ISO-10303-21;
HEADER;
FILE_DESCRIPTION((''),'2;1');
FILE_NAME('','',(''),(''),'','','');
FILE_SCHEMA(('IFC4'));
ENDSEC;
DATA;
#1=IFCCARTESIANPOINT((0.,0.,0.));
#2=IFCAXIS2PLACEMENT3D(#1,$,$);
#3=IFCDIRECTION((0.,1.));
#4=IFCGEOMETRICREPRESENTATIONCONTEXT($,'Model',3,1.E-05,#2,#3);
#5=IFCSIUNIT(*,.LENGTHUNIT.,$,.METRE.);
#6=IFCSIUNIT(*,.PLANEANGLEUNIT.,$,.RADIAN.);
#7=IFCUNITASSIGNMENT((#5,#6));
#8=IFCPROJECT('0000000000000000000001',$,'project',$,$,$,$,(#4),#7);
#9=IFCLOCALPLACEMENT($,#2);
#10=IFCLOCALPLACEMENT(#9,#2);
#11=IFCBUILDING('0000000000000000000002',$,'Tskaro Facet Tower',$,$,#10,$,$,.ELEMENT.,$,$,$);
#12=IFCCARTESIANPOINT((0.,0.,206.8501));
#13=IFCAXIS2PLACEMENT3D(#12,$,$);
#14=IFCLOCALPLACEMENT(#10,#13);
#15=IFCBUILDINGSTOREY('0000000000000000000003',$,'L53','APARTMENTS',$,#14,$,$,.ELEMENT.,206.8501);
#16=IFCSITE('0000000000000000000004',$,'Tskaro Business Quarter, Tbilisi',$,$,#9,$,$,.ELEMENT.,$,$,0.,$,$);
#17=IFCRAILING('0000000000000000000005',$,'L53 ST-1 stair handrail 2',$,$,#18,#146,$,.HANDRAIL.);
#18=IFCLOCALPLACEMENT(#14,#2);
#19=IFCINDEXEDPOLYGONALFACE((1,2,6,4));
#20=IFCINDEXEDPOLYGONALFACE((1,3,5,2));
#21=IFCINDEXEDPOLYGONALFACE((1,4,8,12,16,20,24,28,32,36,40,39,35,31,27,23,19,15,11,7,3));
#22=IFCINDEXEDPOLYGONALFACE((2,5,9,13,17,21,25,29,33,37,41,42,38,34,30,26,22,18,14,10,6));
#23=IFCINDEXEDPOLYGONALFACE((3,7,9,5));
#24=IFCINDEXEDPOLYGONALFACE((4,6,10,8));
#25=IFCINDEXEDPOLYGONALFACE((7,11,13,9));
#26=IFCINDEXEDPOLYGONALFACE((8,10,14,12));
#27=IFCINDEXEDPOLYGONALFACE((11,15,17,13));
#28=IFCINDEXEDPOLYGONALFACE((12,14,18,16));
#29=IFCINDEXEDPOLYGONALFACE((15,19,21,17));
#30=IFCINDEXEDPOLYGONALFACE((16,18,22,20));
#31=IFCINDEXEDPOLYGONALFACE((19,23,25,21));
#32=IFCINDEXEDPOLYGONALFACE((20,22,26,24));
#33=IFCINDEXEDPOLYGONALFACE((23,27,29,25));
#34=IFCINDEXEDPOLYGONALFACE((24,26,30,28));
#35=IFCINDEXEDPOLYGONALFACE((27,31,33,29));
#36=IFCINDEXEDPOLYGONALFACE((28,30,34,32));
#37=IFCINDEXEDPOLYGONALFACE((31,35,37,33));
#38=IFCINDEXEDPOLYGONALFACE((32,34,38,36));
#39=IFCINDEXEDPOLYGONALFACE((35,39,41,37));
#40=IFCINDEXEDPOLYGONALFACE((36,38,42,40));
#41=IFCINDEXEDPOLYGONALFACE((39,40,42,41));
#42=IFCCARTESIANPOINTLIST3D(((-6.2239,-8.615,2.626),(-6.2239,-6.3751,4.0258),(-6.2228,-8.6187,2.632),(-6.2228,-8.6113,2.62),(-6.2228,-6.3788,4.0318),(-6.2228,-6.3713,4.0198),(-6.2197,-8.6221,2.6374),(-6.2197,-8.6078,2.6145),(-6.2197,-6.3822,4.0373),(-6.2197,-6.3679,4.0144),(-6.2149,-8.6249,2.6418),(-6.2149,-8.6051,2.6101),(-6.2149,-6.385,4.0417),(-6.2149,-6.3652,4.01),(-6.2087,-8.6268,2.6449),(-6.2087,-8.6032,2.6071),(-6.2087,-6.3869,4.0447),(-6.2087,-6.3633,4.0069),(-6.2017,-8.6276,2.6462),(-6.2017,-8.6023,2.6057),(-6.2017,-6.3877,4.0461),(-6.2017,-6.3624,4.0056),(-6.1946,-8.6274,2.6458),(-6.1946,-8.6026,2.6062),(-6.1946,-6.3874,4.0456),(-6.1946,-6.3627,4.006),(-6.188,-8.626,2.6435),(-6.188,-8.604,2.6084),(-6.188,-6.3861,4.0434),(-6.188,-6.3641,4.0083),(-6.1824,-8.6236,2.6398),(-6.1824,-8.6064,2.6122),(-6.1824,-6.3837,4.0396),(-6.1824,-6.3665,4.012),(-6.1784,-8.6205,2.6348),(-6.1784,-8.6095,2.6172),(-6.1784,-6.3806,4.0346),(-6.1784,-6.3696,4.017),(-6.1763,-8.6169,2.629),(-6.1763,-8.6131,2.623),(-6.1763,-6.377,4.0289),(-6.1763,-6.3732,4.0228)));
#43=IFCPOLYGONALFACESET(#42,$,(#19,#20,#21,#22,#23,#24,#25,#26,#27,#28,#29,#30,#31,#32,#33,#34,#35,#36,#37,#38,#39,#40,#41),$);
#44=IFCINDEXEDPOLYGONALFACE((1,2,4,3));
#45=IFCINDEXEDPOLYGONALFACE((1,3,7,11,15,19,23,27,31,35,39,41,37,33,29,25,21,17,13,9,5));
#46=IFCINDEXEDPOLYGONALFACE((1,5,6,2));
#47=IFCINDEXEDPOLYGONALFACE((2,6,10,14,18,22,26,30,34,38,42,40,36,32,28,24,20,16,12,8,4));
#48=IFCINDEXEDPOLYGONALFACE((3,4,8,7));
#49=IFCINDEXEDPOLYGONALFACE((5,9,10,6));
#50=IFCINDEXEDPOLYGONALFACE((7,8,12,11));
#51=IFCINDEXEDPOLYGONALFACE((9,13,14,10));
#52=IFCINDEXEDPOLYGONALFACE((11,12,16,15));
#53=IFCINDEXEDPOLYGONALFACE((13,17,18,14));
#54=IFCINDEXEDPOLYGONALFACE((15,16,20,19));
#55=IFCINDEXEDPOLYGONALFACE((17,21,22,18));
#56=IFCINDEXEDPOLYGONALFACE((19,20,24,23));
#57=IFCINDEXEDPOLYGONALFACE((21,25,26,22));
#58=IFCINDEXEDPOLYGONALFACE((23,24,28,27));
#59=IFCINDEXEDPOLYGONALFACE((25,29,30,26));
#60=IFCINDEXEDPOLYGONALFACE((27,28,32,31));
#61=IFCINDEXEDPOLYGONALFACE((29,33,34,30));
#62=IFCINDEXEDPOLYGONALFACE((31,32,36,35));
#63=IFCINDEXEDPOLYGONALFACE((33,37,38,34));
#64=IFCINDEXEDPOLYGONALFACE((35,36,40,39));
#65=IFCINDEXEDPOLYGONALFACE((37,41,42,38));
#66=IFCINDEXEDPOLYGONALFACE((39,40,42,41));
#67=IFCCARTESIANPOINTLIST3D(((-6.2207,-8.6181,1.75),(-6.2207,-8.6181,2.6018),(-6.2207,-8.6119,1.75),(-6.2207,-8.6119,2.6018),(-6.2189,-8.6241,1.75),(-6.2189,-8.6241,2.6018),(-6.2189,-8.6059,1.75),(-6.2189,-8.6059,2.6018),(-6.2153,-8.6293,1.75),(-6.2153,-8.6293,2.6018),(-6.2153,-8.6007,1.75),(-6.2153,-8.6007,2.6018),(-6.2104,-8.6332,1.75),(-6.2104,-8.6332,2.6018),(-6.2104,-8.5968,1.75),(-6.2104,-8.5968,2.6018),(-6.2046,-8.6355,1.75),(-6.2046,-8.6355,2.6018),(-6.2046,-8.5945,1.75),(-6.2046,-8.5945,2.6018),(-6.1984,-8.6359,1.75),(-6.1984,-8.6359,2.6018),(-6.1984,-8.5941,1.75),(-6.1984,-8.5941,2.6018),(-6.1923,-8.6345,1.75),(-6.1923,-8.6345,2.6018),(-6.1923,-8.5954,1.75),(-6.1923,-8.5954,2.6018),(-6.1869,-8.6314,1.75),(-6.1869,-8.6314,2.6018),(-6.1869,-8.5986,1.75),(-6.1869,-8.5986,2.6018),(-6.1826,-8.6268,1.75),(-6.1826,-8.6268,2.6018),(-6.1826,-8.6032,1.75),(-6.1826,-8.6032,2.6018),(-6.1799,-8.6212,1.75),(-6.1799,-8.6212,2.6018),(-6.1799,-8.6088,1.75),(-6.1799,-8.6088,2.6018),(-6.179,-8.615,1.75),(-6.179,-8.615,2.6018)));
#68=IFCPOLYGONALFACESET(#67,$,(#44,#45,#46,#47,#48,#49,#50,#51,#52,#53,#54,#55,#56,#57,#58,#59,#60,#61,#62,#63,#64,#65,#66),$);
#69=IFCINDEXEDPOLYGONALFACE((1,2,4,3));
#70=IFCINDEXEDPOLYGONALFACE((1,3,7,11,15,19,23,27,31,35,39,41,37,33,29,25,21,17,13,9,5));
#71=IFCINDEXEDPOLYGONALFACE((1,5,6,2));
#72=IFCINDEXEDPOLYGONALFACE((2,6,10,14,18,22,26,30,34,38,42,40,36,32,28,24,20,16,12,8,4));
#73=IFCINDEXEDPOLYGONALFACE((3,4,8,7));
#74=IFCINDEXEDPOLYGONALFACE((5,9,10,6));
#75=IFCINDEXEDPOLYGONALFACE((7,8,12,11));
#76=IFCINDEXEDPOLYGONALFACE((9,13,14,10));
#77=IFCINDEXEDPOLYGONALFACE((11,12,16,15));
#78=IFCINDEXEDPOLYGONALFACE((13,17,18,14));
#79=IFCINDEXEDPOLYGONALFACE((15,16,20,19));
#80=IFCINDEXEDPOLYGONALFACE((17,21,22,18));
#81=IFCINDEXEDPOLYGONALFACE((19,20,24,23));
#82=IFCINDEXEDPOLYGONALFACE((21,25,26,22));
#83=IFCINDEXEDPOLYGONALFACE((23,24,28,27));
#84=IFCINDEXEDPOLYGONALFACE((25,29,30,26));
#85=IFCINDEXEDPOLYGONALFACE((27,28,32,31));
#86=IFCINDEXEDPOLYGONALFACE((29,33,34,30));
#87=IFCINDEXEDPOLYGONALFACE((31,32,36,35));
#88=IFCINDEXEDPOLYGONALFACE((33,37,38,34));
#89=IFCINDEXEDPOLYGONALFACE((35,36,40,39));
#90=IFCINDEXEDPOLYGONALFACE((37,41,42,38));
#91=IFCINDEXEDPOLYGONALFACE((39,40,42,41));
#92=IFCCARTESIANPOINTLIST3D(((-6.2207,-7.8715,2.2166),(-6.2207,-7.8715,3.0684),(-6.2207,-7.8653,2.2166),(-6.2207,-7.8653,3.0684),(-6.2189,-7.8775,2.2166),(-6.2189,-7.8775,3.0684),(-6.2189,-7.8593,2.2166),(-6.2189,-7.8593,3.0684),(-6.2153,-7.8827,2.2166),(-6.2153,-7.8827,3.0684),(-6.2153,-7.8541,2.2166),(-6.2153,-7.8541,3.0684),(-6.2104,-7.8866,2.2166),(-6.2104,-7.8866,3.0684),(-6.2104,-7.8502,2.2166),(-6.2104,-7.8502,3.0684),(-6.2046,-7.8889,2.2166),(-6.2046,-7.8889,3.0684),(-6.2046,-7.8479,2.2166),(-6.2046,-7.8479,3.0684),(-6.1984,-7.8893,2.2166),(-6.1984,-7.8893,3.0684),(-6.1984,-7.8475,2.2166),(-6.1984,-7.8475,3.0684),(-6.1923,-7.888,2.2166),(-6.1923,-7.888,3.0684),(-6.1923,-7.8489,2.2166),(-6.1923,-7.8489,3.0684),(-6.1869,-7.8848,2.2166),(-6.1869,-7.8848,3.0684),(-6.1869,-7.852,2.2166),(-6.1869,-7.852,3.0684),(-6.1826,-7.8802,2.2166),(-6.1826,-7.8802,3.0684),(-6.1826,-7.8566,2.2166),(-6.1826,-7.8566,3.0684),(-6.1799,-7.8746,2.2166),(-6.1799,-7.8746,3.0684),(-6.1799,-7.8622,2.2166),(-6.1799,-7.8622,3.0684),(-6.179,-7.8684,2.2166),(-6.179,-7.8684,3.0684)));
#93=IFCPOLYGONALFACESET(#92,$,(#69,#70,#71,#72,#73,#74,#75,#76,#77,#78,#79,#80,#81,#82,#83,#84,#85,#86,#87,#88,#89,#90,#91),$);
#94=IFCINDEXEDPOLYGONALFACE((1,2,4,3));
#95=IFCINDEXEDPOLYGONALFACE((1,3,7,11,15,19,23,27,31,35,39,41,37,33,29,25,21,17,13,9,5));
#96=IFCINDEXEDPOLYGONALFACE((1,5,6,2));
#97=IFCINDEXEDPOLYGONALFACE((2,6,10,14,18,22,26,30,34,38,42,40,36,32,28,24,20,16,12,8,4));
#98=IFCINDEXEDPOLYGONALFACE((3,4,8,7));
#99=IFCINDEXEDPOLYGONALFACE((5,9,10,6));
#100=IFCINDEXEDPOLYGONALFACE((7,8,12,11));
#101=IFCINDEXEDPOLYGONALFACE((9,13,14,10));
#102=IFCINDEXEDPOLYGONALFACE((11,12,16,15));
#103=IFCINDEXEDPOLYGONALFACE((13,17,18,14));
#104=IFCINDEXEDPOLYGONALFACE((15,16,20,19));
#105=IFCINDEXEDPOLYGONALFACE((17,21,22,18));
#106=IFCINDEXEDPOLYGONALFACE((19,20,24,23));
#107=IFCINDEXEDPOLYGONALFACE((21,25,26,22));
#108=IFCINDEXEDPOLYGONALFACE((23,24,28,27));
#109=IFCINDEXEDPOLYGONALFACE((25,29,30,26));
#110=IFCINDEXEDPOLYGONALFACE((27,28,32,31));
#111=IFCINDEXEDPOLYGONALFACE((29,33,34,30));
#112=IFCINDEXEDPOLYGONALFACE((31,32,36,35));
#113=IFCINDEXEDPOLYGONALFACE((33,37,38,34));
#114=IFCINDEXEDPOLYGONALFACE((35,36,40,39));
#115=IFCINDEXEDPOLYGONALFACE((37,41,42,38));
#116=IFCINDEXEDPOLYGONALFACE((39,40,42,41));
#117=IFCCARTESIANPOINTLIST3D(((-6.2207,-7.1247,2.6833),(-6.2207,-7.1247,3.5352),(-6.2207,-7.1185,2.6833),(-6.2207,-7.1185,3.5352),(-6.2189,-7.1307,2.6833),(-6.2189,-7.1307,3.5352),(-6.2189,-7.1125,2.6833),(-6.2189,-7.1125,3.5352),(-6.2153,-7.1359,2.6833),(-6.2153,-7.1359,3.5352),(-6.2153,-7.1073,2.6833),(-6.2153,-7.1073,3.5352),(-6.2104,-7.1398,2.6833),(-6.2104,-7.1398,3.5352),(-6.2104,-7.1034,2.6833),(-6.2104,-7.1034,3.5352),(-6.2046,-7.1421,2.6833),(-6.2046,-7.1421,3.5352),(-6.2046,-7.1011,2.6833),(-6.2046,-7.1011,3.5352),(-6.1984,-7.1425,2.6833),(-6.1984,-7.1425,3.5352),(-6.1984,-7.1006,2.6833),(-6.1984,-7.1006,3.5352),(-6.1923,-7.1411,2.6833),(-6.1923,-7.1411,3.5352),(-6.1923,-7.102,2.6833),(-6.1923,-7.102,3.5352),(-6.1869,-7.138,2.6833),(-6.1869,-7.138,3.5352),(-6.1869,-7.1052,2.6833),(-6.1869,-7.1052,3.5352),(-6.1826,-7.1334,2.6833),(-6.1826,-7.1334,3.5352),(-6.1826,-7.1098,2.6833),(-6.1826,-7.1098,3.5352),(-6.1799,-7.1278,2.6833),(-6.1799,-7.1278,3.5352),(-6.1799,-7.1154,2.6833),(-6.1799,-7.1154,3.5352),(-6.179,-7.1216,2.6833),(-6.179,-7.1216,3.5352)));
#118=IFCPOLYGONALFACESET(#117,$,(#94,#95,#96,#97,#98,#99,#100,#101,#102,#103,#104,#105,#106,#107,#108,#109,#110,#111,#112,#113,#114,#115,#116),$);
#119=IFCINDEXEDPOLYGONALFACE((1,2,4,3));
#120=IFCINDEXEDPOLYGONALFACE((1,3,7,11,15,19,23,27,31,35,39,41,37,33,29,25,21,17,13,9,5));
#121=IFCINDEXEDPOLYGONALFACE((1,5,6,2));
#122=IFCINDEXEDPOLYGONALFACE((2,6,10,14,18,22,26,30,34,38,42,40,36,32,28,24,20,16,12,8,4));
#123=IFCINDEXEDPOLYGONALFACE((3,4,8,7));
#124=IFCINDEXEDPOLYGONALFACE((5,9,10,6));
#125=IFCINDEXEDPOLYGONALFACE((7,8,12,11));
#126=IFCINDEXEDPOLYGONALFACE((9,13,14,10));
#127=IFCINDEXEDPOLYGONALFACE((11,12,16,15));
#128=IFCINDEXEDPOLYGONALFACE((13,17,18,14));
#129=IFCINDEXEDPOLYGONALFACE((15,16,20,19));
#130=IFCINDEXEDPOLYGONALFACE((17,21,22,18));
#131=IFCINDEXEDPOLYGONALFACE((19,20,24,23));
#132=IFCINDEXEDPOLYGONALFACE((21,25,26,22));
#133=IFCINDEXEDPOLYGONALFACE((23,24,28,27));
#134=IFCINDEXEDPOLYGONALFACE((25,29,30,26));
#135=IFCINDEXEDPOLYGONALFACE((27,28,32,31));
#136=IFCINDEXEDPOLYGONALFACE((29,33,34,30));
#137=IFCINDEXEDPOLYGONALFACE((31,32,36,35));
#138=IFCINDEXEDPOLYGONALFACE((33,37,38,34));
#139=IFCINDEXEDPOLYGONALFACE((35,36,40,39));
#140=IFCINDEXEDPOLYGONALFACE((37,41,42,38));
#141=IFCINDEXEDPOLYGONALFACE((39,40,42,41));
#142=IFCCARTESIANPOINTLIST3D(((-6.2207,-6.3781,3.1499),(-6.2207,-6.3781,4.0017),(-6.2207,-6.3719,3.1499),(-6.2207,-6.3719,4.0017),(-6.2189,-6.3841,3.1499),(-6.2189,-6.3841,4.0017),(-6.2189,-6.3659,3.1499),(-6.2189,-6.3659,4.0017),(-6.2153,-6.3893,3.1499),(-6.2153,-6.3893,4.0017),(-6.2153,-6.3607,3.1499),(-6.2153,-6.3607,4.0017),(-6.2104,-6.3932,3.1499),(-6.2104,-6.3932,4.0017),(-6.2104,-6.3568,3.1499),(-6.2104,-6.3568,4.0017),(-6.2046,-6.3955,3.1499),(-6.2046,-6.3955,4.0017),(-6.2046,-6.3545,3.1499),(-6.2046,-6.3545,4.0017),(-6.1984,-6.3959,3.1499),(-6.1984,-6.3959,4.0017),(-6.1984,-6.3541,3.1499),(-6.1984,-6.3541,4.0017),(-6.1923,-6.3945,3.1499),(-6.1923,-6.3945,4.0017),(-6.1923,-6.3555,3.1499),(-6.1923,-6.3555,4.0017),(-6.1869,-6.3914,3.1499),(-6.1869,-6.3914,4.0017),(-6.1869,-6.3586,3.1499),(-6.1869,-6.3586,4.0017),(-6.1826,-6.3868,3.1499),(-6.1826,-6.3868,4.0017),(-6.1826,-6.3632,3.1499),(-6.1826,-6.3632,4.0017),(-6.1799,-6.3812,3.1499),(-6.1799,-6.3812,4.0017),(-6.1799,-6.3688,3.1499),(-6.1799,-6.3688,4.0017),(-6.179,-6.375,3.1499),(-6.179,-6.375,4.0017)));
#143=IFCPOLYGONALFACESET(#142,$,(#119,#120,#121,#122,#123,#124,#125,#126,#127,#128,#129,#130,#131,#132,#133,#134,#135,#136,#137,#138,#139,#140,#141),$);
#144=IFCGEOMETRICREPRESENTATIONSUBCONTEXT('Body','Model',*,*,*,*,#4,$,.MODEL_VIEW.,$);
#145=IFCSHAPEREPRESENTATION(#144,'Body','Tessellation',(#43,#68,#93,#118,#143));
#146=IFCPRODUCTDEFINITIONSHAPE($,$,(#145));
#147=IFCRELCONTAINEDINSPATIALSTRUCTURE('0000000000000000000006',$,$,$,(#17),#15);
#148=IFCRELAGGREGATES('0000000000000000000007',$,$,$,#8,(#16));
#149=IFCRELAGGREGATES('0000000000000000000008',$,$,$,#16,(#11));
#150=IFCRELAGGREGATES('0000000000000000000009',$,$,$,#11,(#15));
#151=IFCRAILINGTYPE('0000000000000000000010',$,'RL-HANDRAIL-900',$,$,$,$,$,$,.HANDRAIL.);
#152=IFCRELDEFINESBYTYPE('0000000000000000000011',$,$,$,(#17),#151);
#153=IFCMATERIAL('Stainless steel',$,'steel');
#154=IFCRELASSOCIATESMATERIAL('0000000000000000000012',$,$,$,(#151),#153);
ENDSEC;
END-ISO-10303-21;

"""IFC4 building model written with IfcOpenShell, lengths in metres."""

from ifc_helpers import new_model, si_unit, direction, frame, origin, origin_2d, place, context, subcontext, project, spatial, circle, extrude, material, type_object, element, save


model = new_model("IFC4")

# Units and contexts
model_context = context("Model", 3, precision=1e-05, world=origin(), true_north=direction((0.0, 1.0)))
body_context = subcontext(model_context, "Body", "Model", "MODEL_VIEW")
ifc_project = project(units=[si_unit("LENGTHUNIT", "METRE"), si_unit("PLANEANGLEUNIT", "RADIAN")], contexts=[model_context])

# Site, building, storey
site_placement = place(None, origin())
site = spatial("IfcSite", under=ifc_project, at=site_placement, Name="Tskaro Business Quarter, Tbilisi", CompositionType="ELEMENT", RefElevation=0.0)
building_placement = place(site_placement, origin())
building = spatial("IfcBuilding", under=site, at=building_placement, Name="Tskaro Facet Tower", CompositionType="ELEMENT")
storey_placement = place(building_placement, frame((0.0, 0.0, 206.8501)))
storey = spatial("IfcBuildingStorey", under=building, at=storey_placement, Name="L53", Description="APARTMENTS", CompositionType="ELEMENT", Elevation=206.8501)

# Shared definitions
ifc_material_1 = material(Name="Stainless steel", Category="steel")

# Railing
railing_type_1 = type_object("IfcRailingType", Name="RL-HANDRAIL-900", PredefinedType="HANDRAIL", material=ifc_material_1)
railing_1_placement = place(storey_placement, frame((-6.2, -8.615, 1.75)))
element("IfcRailing", 1, at=railing_1_placement, inside=storey, type_object=railing_type_1, Name="L53 ST-1 stair handrail 2", PredefinedType="HANDRAIL", context=body_context, shape_type="SweptSolid", body=[
    extrude(circle(Radius=0.0239, at=origin_2d()), frame((0.0, 0.0, 0.876), z_axis=(0.0, 0.848014, 0.529974), x_axis=(-1.0, 0.0, 0.0)), (0.0, 0.0, 1.0), 2.6414),
    extrude(circle(Radius=0.021, at=origin_2d()), origin(), (0.0, 0.0, 1.0), 0.8518),
    extrude(circle(Radius=0.021, at=origin_2d()), frame((0.0, 0.7466, 0.4666)), (0.0, 0.0, 1.0), 0.8518),
    extrude(circle(Radius=0.021, at=origin_2d()), frame((0.0, 1.4934, 0.9333)), (0.0, 0.0, 1.0), 0.8518),
    extrude(circle(Radius=0.021, at=origin_2d()), frame((0.0, 2.24, 1.3999)), (0.0, 0.0, 1.0), 0.8518),
])

save(model, "model.ifc")
